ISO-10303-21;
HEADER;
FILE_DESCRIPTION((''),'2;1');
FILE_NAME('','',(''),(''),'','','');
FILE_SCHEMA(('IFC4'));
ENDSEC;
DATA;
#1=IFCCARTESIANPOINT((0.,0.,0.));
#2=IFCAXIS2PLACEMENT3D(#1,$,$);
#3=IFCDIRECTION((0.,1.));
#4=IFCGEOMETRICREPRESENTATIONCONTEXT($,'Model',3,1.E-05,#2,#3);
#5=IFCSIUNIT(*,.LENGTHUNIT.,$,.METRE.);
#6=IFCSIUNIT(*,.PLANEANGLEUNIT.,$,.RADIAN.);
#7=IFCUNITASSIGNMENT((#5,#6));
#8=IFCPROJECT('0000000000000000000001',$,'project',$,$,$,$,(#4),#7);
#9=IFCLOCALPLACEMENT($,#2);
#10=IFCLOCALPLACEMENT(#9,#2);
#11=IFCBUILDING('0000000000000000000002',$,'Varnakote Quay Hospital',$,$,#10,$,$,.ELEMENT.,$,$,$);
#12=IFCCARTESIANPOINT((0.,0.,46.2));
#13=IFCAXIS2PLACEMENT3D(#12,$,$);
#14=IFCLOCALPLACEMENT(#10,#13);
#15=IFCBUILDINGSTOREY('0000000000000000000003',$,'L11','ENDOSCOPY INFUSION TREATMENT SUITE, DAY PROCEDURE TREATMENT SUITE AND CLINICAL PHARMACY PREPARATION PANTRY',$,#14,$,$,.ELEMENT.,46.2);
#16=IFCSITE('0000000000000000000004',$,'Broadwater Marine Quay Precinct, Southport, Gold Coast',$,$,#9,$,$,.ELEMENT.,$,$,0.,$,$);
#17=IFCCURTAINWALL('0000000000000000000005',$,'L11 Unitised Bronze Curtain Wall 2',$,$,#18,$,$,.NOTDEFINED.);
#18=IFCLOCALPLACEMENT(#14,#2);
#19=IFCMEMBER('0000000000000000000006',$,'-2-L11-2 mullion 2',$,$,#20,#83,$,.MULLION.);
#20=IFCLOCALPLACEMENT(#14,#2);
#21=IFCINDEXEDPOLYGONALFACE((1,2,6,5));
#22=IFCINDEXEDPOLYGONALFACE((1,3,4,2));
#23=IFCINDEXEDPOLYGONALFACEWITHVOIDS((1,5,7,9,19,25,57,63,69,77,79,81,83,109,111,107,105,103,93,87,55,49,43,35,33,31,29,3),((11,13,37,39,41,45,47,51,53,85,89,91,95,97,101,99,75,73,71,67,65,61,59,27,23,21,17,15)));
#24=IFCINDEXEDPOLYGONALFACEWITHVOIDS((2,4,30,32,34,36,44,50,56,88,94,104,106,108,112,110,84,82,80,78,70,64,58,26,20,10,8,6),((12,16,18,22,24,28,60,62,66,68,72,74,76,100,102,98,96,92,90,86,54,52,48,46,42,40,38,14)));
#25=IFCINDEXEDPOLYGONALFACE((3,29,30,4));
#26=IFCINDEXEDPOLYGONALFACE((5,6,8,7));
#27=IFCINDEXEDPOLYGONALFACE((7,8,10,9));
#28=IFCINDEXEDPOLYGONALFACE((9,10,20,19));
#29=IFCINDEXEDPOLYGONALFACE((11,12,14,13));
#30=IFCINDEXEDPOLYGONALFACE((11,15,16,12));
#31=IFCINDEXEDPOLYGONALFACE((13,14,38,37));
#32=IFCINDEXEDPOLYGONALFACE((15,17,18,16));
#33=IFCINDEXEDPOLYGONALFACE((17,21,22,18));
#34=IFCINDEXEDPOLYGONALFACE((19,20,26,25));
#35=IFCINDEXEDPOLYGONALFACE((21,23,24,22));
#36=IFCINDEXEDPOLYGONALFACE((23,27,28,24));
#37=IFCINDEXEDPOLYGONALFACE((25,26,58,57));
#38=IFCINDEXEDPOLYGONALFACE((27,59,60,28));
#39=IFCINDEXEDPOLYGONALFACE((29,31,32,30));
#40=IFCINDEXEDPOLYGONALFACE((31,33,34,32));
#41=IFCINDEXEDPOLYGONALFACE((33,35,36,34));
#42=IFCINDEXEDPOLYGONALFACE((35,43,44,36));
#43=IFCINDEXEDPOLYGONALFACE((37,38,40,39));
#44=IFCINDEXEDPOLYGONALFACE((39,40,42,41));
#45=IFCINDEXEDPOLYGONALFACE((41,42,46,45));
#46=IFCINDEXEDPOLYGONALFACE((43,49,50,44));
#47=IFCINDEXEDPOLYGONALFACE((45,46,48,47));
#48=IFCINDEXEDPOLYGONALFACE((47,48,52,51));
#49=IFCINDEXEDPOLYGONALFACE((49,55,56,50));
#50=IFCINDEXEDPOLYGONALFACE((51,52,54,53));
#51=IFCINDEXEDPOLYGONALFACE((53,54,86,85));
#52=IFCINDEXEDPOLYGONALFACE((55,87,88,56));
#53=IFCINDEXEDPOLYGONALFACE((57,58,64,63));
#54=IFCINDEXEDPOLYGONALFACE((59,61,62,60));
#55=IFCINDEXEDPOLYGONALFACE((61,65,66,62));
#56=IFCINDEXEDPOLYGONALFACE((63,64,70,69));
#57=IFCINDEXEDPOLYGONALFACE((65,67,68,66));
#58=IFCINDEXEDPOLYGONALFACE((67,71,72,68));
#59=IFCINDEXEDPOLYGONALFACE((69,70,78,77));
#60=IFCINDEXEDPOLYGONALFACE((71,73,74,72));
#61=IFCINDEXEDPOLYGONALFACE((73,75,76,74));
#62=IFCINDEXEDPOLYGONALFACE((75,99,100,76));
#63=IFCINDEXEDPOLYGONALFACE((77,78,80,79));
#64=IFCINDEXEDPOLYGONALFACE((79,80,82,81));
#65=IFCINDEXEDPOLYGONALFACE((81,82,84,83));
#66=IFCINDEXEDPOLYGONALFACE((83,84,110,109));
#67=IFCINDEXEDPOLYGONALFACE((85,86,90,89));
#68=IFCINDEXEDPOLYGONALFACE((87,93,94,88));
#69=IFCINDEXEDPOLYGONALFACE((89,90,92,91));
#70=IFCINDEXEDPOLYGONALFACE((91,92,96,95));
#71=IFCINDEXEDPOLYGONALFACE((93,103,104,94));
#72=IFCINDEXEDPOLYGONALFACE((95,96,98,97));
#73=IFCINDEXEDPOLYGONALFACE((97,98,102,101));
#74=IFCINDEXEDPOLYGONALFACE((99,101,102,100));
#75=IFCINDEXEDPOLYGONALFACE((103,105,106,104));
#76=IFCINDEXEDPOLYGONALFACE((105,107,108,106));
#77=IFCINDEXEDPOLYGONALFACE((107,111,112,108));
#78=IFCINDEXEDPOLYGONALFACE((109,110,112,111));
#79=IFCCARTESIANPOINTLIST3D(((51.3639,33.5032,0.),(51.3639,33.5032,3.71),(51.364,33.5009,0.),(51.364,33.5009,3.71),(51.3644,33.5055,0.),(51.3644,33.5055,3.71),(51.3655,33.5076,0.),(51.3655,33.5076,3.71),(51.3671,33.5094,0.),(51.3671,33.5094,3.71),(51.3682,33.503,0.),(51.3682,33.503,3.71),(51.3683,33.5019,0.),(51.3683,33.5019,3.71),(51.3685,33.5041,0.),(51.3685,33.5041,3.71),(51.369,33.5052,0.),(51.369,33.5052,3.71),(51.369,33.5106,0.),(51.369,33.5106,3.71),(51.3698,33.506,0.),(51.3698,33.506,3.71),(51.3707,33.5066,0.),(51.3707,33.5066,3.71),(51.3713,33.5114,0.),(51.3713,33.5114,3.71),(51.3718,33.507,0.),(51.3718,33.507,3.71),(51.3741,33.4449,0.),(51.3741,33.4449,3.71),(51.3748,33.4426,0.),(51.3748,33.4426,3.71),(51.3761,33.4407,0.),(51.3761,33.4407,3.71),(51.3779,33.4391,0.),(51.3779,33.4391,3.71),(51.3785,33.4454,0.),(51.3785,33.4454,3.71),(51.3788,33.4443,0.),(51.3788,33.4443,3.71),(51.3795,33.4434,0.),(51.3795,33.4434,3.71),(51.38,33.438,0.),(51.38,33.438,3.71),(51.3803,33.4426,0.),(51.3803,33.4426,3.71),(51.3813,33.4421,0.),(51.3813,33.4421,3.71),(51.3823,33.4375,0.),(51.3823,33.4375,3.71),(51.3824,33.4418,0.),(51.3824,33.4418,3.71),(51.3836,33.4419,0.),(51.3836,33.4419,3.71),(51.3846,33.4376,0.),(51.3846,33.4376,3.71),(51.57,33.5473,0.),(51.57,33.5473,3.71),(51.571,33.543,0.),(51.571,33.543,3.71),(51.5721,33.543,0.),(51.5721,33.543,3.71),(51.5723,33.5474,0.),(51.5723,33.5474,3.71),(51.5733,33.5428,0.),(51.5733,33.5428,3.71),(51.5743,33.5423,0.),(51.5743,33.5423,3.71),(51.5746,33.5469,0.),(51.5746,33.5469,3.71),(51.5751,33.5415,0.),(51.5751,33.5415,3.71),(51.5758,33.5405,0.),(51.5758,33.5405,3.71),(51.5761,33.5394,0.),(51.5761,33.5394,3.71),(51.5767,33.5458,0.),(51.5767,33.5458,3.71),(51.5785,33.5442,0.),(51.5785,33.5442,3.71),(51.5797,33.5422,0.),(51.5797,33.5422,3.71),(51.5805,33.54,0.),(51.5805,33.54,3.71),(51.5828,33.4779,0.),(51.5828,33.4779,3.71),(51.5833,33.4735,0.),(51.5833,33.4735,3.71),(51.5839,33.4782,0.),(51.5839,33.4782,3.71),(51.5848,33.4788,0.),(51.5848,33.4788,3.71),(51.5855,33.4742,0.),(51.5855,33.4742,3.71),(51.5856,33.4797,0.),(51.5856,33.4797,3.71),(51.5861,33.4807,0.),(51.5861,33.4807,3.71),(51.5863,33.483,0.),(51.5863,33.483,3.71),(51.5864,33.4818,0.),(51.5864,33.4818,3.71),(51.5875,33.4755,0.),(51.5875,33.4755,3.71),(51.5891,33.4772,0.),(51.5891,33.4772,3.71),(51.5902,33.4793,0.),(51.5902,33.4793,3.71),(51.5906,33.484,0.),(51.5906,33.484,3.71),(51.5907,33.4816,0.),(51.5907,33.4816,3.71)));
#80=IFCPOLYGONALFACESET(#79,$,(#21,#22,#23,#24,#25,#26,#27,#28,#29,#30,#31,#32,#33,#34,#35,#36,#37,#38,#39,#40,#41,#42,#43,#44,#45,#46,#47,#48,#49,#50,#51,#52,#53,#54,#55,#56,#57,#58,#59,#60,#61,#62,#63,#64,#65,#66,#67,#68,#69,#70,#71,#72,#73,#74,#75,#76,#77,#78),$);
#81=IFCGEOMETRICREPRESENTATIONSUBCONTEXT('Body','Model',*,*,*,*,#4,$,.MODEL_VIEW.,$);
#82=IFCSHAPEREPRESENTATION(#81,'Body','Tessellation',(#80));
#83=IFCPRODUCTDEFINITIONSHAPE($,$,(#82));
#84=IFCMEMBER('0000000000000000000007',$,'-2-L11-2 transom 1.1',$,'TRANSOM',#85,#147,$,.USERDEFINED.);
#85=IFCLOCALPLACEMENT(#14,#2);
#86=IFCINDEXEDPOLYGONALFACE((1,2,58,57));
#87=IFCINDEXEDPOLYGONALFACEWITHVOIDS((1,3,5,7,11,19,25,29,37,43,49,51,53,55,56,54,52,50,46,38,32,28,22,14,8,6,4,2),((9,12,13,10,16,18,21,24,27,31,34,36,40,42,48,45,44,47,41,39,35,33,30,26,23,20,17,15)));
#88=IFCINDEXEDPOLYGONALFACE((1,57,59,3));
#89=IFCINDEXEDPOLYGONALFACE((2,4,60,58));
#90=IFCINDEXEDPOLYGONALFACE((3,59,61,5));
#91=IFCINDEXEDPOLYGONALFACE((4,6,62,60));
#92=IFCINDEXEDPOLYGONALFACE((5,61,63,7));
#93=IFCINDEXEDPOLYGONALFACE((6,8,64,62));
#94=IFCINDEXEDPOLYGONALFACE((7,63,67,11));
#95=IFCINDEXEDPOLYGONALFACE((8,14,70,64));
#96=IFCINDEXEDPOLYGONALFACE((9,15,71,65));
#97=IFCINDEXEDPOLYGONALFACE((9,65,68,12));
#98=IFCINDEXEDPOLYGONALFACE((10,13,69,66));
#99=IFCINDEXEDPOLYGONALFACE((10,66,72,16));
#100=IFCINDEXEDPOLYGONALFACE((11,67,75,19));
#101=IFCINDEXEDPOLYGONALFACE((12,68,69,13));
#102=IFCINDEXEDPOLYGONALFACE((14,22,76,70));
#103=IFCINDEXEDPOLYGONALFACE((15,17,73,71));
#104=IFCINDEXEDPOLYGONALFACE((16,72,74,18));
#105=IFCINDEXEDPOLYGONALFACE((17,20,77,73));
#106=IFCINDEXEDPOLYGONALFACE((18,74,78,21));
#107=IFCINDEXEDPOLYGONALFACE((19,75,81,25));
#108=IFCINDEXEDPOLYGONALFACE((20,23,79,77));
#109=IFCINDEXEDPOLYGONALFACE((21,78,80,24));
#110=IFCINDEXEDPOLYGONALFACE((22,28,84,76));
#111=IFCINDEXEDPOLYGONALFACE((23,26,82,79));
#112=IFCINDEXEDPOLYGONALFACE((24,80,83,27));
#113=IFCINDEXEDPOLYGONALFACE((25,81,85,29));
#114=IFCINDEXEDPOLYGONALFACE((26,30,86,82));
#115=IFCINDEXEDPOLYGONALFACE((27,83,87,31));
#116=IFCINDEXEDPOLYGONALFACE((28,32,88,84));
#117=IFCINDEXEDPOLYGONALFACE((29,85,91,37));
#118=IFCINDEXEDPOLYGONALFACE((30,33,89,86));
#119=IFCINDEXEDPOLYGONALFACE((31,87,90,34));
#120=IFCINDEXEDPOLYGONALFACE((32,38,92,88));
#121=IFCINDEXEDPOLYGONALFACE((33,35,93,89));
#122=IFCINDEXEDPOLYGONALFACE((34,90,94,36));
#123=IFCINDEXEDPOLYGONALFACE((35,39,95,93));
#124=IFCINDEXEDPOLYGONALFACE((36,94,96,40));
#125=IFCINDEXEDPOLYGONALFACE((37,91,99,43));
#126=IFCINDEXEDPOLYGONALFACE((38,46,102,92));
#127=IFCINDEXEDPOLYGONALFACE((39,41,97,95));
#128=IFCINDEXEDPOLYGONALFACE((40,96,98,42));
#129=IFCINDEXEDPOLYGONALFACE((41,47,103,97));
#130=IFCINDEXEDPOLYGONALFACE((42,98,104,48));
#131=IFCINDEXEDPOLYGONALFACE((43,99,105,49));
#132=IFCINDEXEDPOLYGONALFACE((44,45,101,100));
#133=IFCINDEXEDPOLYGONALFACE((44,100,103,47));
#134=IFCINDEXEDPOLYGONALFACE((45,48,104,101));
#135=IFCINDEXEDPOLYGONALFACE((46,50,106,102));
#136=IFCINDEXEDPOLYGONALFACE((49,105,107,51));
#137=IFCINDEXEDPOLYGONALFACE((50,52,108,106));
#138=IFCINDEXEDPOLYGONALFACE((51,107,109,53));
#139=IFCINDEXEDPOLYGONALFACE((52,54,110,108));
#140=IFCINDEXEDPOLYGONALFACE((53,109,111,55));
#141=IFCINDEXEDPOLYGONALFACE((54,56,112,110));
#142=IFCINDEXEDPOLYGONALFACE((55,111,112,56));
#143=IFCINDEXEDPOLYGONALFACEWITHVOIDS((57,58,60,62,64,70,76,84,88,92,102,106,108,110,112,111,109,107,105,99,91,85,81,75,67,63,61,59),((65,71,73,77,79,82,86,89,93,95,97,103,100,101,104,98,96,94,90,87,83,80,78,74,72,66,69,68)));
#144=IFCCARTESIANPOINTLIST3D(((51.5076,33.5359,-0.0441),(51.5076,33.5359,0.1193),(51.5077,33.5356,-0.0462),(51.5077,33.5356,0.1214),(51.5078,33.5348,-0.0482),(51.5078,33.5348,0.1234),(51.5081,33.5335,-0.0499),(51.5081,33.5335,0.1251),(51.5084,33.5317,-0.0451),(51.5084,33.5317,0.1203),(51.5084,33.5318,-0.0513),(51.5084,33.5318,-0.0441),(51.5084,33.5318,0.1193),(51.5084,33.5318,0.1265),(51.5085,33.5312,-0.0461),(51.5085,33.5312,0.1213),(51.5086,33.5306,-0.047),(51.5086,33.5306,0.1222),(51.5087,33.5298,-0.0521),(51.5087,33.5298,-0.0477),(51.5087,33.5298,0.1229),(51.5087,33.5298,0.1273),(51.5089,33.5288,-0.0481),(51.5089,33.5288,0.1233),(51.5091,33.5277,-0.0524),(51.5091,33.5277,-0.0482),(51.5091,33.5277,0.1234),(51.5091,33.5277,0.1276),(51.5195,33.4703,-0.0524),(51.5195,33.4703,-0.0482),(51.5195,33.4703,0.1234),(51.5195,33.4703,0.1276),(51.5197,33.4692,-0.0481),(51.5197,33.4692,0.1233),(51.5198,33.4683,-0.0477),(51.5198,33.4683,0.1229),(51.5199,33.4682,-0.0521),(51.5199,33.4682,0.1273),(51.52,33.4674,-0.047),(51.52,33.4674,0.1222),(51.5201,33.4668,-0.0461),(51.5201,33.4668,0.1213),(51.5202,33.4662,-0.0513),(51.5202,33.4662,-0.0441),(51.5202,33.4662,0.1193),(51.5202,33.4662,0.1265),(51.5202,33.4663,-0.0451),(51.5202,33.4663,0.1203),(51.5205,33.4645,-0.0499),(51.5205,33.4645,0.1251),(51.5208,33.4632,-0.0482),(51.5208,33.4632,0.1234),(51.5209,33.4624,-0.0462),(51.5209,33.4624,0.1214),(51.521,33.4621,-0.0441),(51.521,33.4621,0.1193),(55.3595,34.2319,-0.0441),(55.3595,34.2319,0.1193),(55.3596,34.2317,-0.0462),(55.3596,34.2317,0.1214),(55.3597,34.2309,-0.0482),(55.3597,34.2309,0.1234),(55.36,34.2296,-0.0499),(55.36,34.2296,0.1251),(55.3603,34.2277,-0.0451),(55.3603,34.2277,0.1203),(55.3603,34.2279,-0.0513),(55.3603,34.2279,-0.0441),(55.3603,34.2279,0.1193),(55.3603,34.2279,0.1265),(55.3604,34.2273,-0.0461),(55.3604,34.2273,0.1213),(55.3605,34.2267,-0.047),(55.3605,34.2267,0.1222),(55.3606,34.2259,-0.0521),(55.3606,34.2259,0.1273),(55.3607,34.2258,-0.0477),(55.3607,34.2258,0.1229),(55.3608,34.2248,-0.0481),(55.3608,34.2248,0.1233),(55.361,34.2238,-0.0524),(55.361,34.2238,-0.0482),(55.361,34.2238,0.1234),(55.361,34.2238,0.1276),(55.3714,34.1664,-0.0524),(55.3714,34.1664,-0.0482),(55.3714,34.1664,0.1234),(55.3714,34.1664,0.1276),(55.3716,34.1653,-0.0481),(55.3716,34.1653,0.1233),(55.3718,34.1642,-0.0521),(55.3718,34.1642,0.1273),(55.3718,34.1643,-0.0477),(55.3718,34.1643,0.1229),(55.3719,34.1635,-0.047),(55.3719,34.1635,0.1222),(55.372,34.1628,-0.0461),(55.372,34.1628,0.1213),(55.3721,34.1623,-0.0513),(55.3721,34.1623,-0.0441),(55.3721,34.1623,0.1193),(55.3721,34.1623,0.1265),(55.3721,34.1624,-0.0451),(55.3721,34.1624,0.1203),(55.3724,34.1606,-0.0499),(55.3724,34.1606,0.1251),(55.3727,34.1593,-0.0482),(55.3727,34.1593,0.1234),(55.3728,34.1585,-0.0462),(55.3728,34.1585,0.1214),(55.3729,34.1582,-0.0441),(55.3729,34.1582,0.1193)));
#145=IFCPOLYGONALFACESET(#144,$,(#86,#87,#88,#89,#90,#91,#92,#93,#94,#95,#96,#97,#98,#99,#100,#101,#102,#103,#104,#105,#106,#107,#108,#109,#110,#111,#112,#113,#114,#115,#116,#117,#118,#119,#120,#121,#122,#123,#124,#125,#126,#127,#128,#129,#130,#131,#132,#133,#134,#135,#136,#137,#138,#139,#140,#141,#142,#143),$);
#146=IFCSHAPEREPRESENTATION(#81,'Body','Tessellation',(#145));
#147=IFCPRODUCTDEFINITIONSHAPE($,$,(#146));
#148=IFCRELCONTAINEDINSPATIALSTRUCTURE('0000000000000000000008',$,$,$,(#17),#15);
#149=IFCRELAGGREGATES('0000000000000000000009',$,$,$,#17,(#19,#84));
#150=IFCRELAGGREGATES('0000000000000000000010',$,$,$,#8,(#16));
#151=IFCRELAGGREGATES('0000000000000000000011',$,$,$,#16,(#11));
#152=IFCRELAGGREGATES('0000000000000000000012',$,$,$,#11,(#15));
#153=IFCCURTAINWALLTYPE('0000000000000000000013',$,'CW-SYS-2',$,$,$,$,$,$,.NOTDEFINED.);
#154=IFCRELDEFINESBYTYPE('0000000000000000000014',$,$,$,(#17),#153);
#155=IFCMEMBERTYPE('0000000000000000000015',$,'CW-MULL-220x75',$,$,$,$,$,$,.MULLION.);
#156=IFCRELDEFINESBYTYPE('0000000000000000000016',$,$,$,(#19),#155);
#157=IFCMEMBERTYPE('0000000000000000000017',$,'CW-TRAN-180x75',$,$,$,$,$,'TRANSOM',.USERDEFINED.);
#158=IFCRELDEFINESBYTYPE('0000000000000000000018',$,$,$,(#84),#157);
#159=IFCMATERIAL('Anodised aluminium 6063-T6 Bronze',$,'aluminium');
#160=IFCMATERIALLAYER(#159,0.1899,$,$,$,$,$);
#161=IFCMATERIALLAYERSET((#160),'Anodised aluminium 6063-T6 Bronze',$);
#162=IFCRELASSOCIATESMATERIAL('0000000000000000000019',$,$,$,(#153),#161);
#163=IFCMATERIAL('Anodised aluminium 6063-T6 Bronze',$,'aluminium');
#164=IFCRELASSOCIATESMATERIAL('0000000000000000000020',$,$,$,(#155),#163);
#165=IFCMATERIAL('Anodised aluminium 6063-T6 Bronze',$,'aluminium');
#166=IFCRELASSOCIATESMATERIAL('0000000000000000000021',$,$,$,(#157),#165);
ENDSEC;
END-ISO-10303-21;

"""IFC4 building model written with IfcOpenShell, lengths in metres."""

from ifc_helpers import new_model, si_unit, direction, frame, origin, origin_2d, place, context, subcontext, project, spatial, hollow_rectangle, extrude, material, layer, layer_set, material_profile, profile_set, type_object, element, aggregate, save


model = new_model("IFC4")

# Units and contexts
model_context = context("Model", 3, precision=1e-05, world=origin(), true_north=direction((0.0, 1.0)))
body_context = subcontext(model_context, "Body", "Model", "MODEL_VIEW")
ifc_project = project(units=[si_unit("LENGTHUNIT", "METRE"), si_unit("PLANEANGLEUNIT", "RADIAN")], contexts=[model_context])

# Site, building, storey
site_placement = place(None, origin())
site = spatial("IfcSite", under=ifc_project, at=site_placement, Name="Broadwater Marine Quay Precinct, Southport, Gold Coast", CompositionType="ELEMENT", RefElevation=0.0)
building_placement = place(site_placement, origin())
building = spatial("IfcBuilding", under=site, at=building_placement, Name="Varnakote Quay Hospital", CompositionType="ELEMENT")
storey_placement = place(building_placement, frame((0.0, 0.0, 46.2)))
storey = spatial("IfcBuildingStorey", under=building, at=storey_placement, Name="L11", Description="ENDOSCOPY INFUSION TREATMENT SUITE, DAY PROCEDURE TREATMENT SUITE AND CLINICAL PHARMACY PREPARATION PANTRY", CompositionType="ELEMENT", Elevation=46.2)

# Shared definitions
ifc_material_1 = material(Name="Anodised aluminium 6063-T6 Bronze", Category="aluminium")
ifc_layer_1 = layer(ifc_material_1, 0.1899)
ifc_layer_set_1 = layer_set([ifc_layer_1], Name="Anodised aluminium 6063-T6 Bronze")
curtain_wall_type = type_object("IfcCurtainWallType", Name="CW-SYS-2", PredefinedType="NOTDEFINED", material=ifc_layer_set_1)
ifc_material_2 = material(Name="Anodised aluminium 6063-T6 Bronze", Category="aluminium")
ifc_material_profile_1 = material_profile(ifc_material_2, hollow_rectangle(XDim=0.075, YDim=0.22, WallThickness=0.0044, InnerFilletRadius=0.0044, OuterFilletRadius=0.009, at=origin_2d()), Name="CW-MULL-220x75")
ifc_profile_set_1 = profile_set([ifc_material_profile_1], Name="Anodised aluminium 6063-T6 Bronze")
member_type_1 = type_object("IfcMemberType", Name="CW-MULL-220x75", PredefinedType="MULLION", material=ifc_profile_set_1)

# Curtain wall, members
curtain_wall_1_placement = place(storey_placement, origin())
curtain_wall_1 = element("IfcCurtainWall", 1, at=curtain_wall_1_placement, inside=storey, type_object=curtain_wall_type, Name="L11 Unitised Bronze Curtain Wall 2", PredefinedType="NOTDEFINED")
member_1_placement = place(storey_placement, frame((51.4773, 33.4924, 0.0), z_axis=(0.0, 0.0, 1.0), x_axis=(0.177846, -0.984058, 0.0)))
member_1 = element("IfcMember", 2, at=member_1_placement, type_object=member_type_1, Name="-2-L11-2 mullion 2", PredefinedType="MULLION", context=body_context, shape_type="SweptSolid", body=[
    extrude(hollow_rectangle(XDim=0.075, YDim=0.22, WallThickness=0.0044, InnerFilletRadius=0.0044, OuterFilletRadius=0.009, at=origin_2d()), origin(), (0.0, 0.0, 1.0), 3.71),
])
ifc_material_3 = material(Name="Anodised aluminium 6063-T6 Bronze", Category="aluminium")
ifc_material_profile_2 = material_profile(ifc_material_3, hollow_rectangle(XDim=0.075, YDim=0.1799, WallThickness=0.0042, InnerFilletRadius=0.0042, OuterFilletRadius=0.0083, at=origin_2d()), Name="CW-TRAN-180x75")
ifc_profile_set_2 = profile_set([ifc_material_profile_2], Name="Anodised aluminium 6063-T6 Bronze")
member_type_2 = type_object("IfcMemberType", Name="CW-TRAN-180x75", ElementType="TRANSOM", PredefinedType="USERDEFINED", material=ifc_profile_set_2)
member_2_placement = place(storey_placement, frame((55.3662, 34.1951, 0.0376), z_axis=(-0.984062, -0.177826, 0.0), x_axis=(0.177826, -0.984062, 0.0)))
member_2 = element("IfcMember", 3, at=member_2_placement, type_object=member_type_2, Name="-2-L11-2 transom 1.1", ObjectType="TRANSOM", PredefinedType="USERDEFINED", context=body_context, shape_type="SweptSolid", body=[
    extrude(hollow_rectangle(XDim=0.075, YDim=0.1799, WallThickness=0.0042, InnerFilletRadius=0.0042, OuterFilletRadius=0.0083, at=origin_2d()), origin(), (0.0, 0.0, 1.0), 3.9143),
])

aggregate(curtain_wall_1, [member_1, member_2])

save(model, "model.ifc")
